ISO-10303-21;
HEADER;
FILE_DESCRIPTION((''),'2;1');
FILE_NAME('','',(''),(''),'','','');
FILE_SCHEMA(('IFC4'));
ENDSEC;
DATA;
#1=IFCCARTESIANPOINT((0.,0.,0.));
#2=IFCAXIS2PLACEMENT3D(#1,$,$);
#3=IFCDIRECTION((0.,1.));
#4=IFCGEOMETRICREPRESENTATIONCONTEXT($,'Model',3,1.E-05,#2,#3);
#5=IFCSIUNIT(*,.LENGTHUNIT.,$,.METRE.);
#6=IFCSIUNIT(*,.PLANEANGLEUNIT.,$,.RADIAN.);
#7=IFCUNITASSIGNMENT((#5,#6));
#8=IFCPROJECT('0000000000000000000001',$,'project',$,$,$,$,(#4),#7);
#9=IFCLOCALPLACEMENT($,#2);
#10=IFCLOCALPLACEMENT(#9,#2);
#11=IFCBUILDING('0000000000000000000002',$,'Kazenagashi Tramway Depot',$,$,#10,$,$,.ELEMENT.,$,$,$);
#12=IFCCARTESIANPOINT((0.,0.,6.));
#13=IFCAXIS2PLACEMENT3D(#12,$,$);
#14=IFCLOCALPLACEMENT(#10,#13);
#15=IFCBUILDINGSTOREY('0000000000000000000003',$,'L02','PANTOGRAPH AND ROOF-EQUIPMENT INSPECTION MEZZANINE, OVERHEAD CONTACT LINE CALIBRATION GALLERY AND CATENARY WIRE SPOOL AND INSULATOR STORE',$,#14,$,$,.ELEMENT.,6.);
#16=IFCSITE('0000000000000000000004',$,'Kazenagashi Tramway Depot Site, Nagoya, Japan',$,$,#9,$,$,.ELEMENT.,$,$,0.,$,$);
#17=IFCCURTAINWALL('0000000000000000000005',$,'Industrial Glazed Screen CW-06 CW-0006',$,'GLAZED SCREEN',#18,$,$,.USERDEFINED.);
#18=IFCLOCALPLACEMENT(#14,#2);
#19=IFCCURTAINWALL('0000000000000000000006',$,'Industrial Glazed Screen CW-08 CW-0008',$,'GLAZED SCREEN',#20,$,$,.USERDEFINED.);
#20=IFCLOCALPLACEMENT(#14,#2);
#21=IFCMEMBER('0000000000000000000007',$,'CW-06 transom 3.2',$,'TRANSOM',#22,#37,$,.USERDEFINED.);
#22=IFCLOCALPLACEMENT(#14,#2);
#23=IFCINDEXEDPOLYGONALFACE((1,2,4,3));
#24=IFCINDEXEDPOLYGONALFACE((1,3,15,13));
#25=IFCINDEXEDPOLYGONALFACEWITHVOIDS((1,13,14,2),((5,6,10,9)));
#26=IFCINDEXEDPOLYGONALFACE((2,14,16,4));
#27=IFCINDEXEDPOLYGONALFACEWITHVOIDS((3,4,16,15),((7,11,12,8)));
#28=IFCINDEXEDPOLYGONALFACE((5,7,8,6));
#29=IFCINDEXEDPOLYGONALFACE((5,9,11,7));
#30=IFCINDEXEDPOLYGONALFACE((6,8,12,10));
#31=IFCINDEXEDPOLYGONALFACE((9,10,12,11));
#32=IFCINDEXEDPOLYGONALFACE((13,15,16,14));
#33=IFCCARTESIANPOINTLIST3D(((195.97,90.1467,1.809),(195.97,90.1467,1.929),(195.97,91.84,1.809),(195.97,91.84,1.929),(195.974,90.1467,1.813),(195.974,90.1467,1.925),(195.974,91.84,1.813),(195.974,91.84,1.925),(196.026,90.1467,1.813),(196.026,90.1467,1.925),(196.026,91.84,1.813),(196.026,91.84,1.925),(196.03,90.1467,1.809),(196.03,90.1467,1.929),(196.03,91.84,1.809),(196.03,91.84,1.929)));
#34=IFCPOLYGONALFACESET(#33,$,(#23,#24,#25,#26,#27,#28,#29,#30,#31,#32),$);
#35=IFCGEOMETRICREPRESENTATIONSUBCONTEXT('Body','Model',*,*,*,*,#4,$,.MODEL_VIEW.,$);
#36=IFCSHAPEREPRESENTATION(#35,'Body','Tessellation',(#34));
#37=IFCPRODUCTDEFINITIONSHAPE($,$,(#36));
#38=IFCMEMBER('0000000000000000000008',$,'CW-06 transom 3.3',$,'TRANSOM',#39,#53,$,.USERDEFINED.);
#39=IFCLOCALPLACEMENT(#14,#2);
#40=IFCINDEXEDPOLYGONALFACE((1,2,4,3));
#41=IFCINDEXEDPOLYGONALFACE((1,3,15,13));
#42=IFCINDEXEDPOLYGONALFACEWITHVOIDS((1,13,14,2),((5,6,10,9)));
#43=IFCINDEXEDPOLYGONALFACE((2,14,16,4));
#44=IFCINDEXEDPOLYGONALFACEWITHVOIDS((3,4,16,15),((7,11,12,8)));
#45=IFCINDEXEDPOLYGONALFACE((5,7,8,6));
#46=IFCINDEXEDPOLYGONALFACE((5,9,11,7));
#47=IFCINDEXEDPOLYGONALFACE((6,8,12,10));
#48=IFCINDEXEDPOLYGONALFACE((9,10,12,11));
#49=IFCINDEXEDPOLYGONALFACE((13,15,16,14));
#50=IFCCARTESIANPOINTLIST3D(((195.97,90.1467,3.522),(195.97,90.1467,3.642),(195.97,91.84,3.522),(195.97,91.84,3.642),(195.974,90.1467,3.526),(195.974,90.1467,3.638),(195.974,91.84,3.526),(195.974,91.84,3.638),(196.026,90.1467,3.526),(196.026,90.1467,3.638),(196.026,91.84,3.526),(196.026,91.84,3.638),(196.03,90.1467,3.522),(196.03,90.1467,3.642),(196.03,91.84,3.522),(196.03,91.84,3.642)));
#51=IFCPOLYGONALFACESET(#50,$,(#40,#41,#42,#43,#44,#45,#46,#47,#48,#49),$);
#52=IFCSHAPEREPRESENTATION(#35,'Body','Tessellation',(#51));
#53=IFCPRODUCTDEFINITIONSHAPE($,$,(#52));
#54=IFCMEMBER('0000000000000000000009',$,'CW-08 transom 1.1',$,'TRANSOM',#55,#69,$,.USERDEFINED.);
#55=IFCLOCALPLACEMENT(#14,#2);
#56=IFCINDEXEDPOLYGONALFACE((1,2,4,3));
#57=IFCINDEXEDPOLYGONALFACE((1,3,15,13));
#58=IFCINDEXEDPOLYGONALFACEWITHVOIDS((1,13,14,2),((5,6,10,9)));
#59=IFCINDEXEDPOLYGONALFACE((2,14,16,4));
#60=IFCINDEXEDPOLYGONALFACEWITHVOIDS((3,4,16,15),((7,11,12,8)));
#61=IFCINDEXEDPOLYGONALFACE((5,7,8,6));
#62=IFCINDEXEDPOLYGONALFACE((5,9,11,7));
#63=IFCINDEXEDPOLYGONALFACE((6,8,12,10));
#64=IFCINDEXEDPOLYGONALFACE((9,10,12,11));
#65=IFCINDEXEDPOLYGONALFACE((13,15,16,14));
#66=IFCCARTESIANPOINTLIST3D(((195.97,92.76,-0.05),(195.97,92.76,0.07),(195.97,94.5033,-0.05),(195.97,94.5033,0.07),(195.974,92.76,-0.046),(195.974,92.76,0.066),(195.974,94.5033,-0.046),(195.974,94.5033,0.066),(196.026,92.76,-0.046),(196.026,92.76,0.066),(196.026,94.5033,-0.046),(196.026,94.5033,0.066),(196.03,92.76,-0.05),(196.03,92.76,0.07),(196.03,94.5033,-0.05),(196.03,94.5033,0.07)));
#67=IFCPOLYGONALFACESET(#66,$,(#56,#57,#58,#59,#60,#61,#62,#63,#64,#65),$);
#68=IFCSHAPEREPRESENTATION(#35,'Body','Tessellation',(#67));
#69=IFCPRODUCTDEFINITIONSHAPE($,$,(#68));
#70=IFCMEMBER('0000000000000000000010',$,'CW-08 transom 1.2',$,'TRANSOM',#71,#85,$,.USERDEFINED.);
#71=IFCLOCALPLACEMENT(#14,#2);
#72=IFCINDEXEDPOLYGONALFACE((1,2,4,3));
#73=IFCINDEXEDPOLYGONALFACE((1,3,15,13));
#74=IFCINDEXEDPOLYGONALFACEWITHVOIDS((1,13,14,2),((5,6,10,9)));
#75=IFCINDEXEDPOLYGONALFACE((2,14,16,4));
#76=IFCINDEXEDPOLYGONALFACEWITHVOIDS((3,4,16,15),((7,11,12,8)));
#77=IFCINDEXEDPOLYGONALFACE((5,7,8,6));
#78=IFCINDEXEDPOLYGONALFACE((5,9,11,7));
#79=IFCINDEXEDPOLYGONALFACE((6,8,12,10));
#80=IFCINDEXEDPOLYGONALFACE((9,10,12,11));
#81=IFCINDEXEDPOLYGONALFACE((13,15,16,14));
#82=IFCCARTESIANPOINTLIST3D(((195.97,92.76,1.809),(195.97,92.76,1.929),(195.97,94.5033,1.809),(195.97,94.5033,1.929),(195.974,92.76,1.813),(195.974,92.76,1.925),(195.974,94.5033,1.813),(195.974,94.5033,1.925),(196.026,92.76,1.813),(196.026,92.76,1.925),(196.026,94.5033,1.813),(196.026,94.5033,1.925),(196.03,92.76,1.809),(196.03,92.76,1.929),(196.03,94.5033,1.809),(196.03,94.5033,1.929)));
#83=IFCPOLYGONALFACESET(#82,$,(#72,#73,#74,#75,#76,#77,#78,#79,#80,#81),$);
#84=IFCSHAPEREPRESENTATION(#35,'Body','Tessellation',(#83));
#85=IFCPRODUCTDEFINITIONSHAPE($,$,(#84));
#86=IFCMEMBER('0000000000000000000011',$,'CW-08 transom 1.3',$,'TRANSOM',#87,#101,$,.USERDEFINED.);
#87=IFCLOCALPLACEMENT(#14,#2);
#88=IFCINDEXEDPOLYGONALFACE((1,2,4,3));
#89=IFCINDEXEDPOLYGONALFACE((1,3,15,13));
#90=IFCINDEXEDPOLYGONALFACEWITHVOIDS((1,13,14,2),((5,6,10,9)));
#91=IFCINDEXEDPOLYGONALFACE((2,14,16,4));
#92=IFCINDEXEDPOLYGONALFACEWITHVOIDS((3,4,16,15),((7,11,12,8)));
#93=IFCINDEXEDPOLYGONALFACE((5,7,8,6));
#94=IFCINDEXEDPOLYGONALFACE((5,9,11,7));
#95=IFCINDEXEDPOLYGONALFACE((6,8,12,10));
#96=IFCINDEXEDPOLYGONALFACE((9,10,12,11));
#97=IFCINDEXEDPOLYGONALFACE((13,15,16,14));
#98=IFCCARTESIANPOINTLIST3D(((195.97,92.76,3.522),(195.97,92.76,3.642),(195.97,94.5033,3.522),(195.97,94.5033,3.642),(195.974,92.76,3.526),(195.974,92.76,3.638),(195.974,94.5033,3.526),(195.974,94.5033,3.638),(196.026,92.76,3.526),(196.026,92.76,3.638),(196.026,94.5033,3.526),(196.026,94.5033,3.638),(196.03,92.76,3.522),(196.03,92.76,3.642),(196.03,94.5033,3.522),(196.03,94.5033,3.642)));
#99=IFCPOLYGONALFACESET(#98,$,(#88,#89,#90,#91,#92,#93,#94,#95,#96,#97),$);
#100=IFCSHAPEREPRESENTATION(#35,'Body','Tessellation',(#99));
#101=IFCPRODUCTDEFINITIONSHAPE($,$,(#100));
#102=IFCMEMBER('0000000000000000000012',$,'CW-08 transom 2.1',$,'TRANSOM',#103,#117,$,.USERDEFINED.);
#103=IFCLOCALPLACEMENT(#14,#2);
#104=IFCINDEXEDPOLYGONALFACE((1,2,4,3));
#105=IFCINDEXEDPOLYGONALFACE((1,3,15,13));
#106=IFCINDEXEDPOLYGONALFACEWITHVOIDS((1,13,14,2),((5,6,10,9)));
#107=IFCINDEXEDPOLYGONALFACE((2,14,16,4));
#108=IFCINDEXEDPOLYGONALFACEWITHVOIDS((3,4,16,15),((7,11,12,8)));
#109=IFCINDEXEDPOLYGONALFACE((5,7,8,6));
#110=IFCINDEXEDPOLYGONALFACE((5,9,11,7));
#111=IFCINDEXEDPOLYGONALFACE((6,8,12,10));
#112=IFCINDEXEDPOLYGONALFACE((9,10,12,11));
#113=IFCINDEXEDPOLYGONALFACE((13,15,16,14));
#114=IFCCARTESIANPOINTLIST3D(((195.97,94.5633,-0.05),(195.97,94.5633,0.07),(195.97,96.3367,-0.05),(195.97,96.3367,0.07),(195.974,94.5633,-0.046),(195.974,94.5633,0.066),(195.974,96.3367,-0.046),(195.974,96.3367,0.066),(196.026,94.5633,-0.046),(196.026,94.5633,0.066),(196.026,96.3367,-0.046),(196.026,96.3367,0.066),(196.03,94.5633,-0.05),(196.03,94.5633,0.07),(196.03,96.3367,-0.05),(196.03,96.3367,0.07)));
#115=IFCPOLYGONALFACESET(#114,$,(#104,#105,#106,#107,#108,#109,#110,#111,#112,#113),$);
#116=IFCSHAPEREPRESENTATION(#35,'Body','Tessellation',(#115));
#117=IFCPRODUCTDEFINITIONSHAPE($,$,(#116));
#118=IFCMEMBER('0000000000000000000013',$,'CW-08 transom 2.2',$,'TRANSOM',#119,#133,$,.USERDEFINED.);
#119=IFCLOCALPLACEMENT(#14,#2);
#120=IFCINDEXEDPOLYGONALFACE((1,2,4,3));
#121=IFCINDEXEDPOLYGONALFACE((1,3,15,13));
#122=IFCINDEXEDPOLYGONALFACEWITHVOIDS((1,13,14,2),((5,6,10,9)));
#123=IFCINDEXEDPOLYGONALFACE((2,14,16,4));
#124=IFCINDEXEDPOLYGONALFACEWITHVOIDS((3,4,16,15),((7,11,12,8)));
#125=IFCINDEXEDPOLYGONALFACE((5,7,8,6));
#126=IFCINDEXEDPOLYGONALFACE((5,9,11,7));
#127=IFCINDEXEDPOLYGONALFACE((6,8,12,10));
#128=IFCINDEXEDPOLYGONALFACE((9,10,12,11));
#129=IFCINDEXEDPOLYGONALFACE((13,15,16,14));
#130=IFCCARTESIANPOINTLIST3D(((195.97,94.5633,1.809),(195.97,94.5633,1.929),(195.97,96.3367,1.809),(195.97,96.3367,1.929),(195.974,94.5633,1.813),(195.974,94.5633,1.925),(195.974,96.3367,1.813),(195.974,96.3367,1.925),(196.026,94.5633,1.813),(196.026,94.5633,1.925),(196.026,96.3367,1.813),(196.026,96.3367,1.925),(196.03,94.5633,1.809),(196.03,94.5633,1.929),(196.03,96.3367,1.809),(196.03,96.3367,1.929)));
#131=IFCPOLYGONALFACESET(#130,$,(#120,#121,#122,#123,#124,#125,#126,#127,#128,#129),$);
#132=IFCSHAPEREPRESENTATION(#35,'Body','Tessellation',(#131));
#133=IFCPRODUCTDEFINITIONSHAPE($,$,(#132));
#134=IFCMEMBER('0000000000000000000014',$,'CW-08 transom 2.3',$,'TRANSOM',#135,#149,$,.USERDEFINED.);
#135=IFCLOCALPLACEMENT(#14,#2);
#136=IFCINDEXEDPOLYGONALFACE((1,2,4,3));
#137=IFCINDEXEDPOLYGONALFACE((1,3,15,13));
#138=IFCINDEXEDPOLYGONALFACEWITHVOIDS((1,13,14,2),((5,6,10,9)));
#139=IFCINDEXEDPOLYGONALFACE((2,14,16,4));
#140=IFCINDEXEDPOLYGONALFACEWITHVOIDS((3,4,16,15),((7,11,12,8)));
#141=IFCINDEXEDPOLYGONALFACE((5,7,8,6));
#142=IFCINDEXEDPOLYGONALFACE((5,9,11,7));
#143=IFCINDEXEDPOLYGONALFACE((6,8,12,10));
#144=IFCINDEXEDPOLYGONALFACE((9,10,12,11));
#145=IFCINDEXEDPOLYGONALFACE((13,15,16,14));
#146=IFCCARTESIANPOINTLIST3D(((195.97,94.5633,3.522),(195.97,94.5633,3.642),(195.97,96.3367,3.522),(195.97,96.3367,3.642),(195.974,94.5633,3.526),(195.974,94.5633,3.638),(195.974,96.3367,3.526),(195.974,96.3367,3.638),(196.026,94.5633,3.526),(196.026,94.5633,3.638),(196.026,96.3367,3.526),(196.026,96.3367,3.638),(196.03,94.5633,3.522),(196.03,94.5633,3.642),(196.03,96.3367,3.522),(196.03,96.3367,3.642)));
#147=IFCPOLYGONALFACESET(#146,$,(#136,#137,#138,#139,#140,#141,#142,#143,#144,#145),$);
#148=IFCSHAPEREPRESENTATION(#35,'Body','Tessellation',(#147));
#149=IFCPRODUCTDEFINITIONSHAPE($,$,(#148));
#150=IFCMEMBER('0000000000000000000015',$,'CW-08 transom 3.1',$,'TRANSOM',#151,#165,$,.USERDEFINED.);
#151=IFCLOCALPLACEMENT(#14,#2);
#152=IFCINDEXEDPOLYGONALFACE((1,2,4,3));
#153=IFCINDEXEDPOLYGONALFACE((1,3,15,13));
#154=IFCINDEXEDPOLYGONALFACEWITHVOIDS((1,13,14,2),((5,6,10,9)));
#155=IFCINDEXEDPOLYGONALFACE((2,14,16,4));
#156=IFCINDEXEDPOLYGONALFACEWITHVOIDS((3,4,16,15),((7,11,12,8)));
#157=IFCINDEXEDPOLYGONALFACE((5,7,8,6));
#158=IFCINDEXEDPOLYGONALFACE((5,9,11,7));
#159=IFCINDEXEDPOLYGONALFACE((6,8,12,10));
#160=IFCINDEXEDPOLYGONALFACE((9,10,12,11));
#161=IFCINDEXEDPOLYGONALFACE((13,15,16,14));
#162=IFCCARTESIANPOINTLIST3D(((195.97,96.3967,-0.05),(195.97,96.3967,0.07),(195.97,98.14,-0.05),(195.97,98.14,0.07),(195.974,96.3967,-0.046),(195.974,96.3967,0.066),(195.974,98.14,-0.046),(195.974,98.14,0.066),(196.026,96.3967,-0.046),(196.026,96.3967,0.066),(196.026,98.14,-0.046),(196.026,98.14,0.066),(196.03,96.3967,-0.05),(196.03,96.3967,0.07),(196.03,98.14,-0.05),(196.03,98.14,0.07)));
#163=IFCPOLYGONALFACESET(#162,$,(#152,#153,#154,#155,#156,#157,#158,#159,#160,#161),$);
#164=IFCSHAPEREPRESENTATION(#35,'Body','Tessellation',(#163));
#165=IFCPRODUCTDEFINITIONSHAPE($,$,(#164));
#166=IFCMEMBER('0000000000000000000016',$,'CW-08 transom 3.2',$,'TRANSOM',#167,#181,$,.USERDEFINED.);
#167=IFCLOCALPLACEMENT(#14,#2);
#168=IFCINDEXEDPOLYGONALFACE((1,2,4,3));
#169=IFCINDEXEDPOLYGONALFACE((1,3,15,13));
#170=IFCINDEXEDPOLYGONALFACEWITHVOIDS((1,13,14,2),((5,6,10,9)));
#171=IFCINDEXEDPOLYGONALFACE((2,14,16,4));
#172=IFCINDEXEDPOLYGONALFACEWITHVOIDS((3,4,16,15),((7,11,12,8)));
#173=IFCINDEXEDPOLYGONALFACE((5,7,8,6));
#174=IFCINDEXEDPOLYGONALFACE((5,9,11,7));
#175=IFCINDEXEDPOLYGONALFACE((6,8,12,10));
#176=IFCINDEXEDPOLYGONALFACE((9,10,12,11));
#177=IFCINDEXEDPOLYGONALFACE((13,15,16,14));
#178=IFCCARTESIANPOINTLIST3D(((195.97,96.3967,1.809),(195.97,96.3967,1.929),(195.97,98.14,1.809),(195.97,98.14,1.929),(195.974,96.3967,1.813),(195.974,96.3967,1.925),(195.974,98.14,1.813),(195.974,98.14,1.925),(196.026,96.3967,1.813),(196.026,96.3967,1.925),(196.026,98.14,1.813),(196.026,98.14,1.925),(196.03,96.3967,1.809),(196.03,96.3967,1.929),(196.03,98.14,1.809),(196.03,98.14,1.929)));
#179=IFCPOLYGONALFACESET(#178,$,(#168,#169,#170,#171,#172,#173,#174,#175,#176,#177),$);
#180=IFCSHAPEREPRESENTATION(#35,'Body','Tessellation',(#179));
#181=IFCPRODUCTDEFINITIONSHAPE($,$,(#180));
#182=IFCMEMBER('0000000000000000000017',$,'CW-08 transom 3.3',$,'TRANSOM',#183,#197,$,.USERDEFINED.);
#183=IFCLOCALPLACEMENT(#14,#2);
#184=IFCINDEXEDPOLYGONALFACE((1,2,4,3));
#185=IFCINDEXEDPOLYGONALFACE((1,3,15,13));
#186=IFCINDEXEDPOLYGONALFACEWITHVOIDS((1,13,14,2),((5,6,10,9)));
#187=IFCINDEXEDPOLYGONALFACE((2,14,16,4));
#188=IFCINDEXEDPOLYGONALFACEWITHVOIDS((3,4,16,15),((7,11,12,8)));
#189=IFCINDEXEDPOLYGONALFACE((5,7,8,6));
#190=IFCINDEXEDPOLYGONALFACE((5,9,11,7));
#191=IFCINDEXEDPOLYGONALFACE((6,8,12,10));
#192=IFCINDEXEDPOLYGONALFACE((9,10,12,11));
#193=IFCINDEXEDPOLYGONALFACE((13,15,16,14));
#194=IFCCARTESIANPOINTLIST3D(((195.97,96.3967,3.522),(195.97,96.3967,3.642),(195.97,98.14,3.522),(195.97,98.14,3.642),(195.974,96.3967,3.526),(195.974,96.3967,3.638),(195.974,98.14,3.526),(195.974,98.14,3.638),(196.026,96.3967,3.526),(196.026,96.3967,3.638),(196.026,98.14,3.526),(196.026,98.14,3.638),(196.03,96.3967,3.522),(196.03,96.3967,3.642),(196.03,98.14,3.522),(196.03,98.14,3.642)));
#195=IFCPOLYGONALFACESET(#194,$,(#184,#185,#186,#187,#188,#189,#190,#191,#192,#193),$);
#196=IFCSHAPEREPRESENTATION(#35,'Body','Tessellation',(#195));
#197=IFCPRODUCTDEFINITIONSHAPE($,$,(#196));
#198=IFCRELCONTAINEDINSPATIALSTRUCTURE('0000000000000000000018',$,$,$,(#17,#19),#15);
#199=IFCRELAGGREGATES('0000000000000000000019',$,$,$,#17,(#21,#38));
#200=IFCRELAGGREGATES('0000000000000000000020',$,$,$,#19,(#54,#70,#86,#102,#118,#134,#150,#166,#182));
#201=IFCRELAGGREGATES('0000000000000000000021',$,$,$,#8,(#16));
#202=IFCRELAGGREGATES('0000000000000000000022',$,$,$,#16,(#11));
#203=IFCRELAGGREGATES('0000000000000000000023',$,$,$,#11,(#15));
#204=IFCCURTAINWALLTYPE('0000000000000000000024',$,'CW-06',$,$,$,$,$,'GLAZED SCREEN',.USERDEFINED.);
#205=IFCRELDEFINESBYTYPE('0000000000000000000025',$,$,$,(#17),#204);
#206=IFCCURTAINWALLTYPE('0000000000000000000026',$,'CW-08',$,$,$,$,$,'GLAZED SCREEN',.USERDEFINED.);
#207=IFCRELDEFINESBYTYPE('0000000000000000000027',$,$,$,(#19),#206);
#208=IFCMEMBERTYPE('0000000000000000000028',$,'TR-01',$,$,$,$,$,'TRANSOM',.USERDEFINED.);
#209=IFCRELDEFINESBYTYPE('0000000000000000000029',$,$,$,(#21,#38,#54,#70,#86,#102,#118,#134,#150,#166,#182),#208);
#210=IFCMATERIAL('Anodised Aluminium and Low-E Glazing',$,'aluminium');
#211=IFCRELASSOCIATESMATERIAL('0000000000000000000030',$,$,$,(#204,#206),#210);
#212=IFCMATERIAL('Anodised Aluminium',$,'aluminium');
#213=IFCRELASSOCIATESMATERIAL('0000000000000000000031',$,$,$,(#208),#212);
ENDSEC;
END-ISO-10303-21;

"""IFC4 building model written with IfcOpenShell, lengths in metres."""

from ifc_helpers import new_model, si_unit, direction, frame, origin, origin_2d, place, context, subcontext, project, spatial, hollow_rectangle, extrude, material, material_profile, profile_set, type_object, element, aggregate, save


model = new_model("IFC4")

# Units and contexts
model_context = context("Model", 3, precision=1e-05, world=origin(), true_north=direction((0.0, 1.0)))
body_context = subcontext(model_context, "Body", "Model", "MODEL_VIEW")
ifc_project = project(units=[si_unit("LENGTHUNIT", "METRE"), si_unit("PLANEANGLEUNIT", "RADIAN")], contexts=[model_context])

# Site, building, storey
site_placement = place(None, origin())
site = spatial("IfcSite", under=ifc_project, at=site_placement, Name="Kazenagashi Tramway Depot Site, Nagoya, Japan", CompositionType="ELEMENT", RefElevation=0.0)
building_placement = place(site_placement, origin())
building = spatial("IfcBuilding", under=site, at=building_placement, Name="Kazenagashi Tramway Depot", CompositionType="ELEMENT")
storey_placement = place(building_placement, frame((0.0, 0.0, 6.0)))
storey = spatial("IfcBuildingStorey", under=building, at=storey_placement, Name="L02", Description="PANTOGRAPH AND ROOF-EQUIPMENT INSPECTION MEZZANINE, OVERHEAD CONTACT LINE CALIBRATION GALLERY AND CATENARY WIRE SPOOL AND INSULATOR STORE", CompositionType="ELEMENT", Elevation=6.0)

# Curtain walls
ifc_material_1 = material(Name="Anodised Aluminium and Low-E Glazing", Category="aluminium")
curtain_wall_type_1 = type_object("IfcCurtainWallType", Name="CW-06", ElementType="GLAZED SCREEN", PredefinedType="USERDEFINED", material=ifc_material_1)
curtain_wall_1_placement = place(storey_placement, origin())
curtain_wall_1 = element("IfcCurtainWall", 1, at=curtain_wall_1_placement, inside=storey, type_object=curtain_wall_type_1, Name="Industrial Glazed Screen CW-06 CW-0006", ObjectType="GLAZED SCREEN", PredefinedType="USERDEFINED")
ifc_material_2 = material(Name="Anodised Aluminium", Category="aluminium")
curtain_wall_type_2 = type_object("IfcCurtainWallType", Name="CW-08", ElementType="GLAZED SCREEN", PredefinedType="USERDEFINED", material=ifc_material_1)
curtain_wall_2_placement = place(storey_placement, origin())
curtain_wall_2 = element("IfcCurtainWall", 2, at=curtain_wall_2_placement, inside=storey, type_object=curtain_wall_type_2, Name="Industrial Glazed Screen CW-08 CW-0008", ObjectType="GLAZED SCREEN", PredefinedType="USERDEFINED")

# Members
ifc_material_profile_1 = material_profile(ifc_material_2, hollow_rectangle(XDim=0.06, YDim=0.12, WallThickness=0.004, at=origin_2d()), Name="RHS-120x60x4")
ifc_profile_set_1 = profile_set([ifc_material_profile_1], Name="Anodised Aluminium")
member_type_1 = type_object("IfcMemberType", Name="TR-01", ElementType="TRANSOM", PredefinedType="USERDEFINED", material=ifc_profile_set_1)
member_1_placement = place(storey_placement, frame((196.0, 90.1467, 1.869), z_axis=(0.0, 1.0, 0.0), x_axis=(-1.0, 0.0, 0.0)))
member_1 = element("IfcMember", 3, at=member_1_placement, type_object=member_type_1, Name="CW-06 transom 3.2", ObjectType="TRANSOM", PredefinedType="USERDEFINED", context=body_context, shape_type="SweptSolid", body=[
    extrude(hollow_rectangle(XDim=0.06, YDim=0.12, WallThickness=0.004, at=origin_2d()), origin(), (0.0, 0.0, 1.0), 1.6933),
])
member_2_placement = place(storey_placement, frame((196.0, 90.1467, 3.582), z_axis=(0.0, 1.0, 0.0), x_axis=(-1.0, 0.0, 0.0)))
member_2 = element("IfcMember", 4, at=member_2_placement, type_object=member_type_1, Name="CW-06 transom 3.3", ObjectType="TRANSOM", PredefinedType="USERDEFINED", context=body_context, shape_type="SweptSolid", body=[
    extrude(hollow_rectangle(XDim=0.06, YDim=0.12, WallThickness=0.004, at=origin_2d()), origin(), (0.0, 0.0, 1.0), 1.6933),
])
member_3_placement = place(storey_placement, frame((196.0, 92.76, 0.01), z_axis=(0.0, 1.0, 0.0), x_axis=(-1.0, 0.0, 0.0)))
member_3 = element("IfcMember", 5, at=member_3_placement, type_object=member_type_1, Name="CW-08 transom 1.1", ObjectType="TRANSOM", PredefinedType="USERDEFINED", context=body_context, shape_type="SweptSolid", body=[
    extrude(hollow_rectangle(XDim=0.06, YDim=0.12, WallThickness=0.004, at=origin_2d()), origin(), (0.0, 0.0, 1.0), 1.7433),
])
member_4_placement = place(storey_placement, frame((196.0, 92.76, 1.869), z_axis=(0.0, 1.0, 0.0), x_axis=(-1.0, 0.0, 0.0)))
member_4 = element("IfcMember", 6, at=member_4_placement, type_object=member_type_1, Name="CW-08 transom 1.2", ObjectType="TRANSOM", PredefinedType="USERDEFINED", context=body_context, shape_type="SweptSolid", body=[
    extrude(hollow_rectangle(XDim=0.06, YDim=0.12, WallThickness=0.004, at=origin_2d()), origin(), (0.0, 0.0, 1.0), 1.7433),
])
member_5_placement = place(storey_placement, frame((196.0, 92.76, 3.582), z_axis=(0.0, 1.0, 0.0), x_axis=(-1.0, 0.0, 0.0)))
member_5 = element("IfcMember", 7, at=member_5_placement, type_object=member_type_1, Name="CW-08 transom 1.3", ObjectType="TRANSOM", PredefinedType="USERDEFINED", context=body_context, shape_type="SweptSolid", body=[
    extrude(hollow_rectangle(XDim=0.06, YDim=0.12, WallThickness=0.004, at=origin_2d()), origin(), (0.0, 0.0, 1.0), 1.7433),
])
member_6_placement = place(storey_placement, frame((196.0, 94.5633, 0.01), z_axis=(0.0, 1.0, 0.0), x_axis=(-1.0, 0.0, 0.0)))
member_6 = element("IfcMember", 8, at=member_6_placement, type_object=member_type_1, Name="CW-08 transom 2.1", ObjectType="TRANSOM", PredefinedType="USERDEFINED", context=body_context, shape_type="SweptSolid", body=[
    extrude(hollow_rectangle(XDim=0.06, YDim=0.12, WallThickness=0.004, at=origin_2d()), origin(), (0.0, 0.0, 1.0), 1.7733),
])
member_7_placement = place(storey_placement, frame((196.0, 94.5633, 1.869), z_axis=(0.0, 1.0, 0.0), x_axis=(-1.0, 0.0, 0.0)))
member_7 = element("IfcMember", 9, at=member_7_placement, type_object=member_type_1, Name="CW-08 transom 2.2", ObjectType="TRANSOM", PredefinedType="USERDEFINED", context=body_context, shape_type="SweptSolid", body=[
    extrude(hollow_rectangle(XDim=0.06, YDim=0.12, WallThickness=0.004, at=origin_2d()), origin(), (0.0, 0.0, 1.0), 1.7733),
])
member_8_placement = place(storey_placement, frame((196.0, 94.5633, 3.582), z_axis=(0.0, 1.0, 0.0), x_axis=(-1.0, 0.0, 0.0)))
member_8 = element("IfcMember", 10, at=member_8_placement, type_object=member_type_1, Name="CW-08 transom 2.3", ObjectType="TRANSOM", PredefinedType="USERDEFINED", context=body_context, shape_type="SweptSolid", body=[
    extrude(hollow_rectangle(XDim=0.06, YDim=0.12, WallThickness=0.004, at=origin_2d()), origin(), (0.0, 0.0, 1.0), 1.7733),
])
member_9_placement = place(storey_placement, frame((196.0, 96.3967, 0.01), z_axis=(0.0, 1.0, 0.0), x_axis=(-1.0, 0.0, 0.0)))
member_9 = element("IfcMember", 11, at=member_9_placement, type_object=member_type_1, Name="CW-08 transom 3.1", ObjectType="TRANSOM", PredefinedType="USERDEFINED", context=body_context, shape_type="SweptSolid", body=[
    extrude(hollow_rectangle(XDim=0.06, YDim=0.12, WallThickness=0.004, at=origin_2d()), origin(), (0.0, 0.0, 1.0), 1.7433),
])
member_10_placement = place(storey_placement, frame((196.0, 96.3967, 1.869), z_axis=(0.0, 1.0, 0.0), x_axis=(-1.0, 0.0, 0.0)))
member_10 = element("IfcMember", 12, at=member_10_placement, type_object=member_type_1, Name="CW-08 transom 3.2", ObjectType="TRANSOM", PredefinedType="USERDEFINED", context=body_context, shape_type="SweptSolid", body=[
    extrude(hollow_rectangle(XDim=0.06, YDim=0.12, WallThickness=0.004, at=origin_2d()), origin(), (0.0, 0.0, 1.0), 1.7433),
])
member_11_placement = place(storey_placement, frame((196.0, 96.3967, 3.582), z_axis=(0.0, 1.0, 0.0), x_axis=(-1.0, 0.0, 0.0)))
member_11 = element("IfcMember", 13, at=member_11_placement, type_object=member_type_1, Name="CW-08 transom 3.3", ObjectType="TRANSOM", PredefinedType="USERDEFINED", context=body_context, shape_type="SweptSolid", body=[
    extrude(hollow_rectangle(XDim=0.06, YDim=0.12, WallThickness=0.004, at=origin_2d()), origin(), (0.0, 0.0, 1.0), 1.7433),
])

aggregate(curtain_wall_1, [member_1, member_2])
aggregate(curtain_wall_2, [member_3, member_4, member_5, member_6, member_7, member_8, member_9, member_10, member_11])

save(model, "model.ifc")
